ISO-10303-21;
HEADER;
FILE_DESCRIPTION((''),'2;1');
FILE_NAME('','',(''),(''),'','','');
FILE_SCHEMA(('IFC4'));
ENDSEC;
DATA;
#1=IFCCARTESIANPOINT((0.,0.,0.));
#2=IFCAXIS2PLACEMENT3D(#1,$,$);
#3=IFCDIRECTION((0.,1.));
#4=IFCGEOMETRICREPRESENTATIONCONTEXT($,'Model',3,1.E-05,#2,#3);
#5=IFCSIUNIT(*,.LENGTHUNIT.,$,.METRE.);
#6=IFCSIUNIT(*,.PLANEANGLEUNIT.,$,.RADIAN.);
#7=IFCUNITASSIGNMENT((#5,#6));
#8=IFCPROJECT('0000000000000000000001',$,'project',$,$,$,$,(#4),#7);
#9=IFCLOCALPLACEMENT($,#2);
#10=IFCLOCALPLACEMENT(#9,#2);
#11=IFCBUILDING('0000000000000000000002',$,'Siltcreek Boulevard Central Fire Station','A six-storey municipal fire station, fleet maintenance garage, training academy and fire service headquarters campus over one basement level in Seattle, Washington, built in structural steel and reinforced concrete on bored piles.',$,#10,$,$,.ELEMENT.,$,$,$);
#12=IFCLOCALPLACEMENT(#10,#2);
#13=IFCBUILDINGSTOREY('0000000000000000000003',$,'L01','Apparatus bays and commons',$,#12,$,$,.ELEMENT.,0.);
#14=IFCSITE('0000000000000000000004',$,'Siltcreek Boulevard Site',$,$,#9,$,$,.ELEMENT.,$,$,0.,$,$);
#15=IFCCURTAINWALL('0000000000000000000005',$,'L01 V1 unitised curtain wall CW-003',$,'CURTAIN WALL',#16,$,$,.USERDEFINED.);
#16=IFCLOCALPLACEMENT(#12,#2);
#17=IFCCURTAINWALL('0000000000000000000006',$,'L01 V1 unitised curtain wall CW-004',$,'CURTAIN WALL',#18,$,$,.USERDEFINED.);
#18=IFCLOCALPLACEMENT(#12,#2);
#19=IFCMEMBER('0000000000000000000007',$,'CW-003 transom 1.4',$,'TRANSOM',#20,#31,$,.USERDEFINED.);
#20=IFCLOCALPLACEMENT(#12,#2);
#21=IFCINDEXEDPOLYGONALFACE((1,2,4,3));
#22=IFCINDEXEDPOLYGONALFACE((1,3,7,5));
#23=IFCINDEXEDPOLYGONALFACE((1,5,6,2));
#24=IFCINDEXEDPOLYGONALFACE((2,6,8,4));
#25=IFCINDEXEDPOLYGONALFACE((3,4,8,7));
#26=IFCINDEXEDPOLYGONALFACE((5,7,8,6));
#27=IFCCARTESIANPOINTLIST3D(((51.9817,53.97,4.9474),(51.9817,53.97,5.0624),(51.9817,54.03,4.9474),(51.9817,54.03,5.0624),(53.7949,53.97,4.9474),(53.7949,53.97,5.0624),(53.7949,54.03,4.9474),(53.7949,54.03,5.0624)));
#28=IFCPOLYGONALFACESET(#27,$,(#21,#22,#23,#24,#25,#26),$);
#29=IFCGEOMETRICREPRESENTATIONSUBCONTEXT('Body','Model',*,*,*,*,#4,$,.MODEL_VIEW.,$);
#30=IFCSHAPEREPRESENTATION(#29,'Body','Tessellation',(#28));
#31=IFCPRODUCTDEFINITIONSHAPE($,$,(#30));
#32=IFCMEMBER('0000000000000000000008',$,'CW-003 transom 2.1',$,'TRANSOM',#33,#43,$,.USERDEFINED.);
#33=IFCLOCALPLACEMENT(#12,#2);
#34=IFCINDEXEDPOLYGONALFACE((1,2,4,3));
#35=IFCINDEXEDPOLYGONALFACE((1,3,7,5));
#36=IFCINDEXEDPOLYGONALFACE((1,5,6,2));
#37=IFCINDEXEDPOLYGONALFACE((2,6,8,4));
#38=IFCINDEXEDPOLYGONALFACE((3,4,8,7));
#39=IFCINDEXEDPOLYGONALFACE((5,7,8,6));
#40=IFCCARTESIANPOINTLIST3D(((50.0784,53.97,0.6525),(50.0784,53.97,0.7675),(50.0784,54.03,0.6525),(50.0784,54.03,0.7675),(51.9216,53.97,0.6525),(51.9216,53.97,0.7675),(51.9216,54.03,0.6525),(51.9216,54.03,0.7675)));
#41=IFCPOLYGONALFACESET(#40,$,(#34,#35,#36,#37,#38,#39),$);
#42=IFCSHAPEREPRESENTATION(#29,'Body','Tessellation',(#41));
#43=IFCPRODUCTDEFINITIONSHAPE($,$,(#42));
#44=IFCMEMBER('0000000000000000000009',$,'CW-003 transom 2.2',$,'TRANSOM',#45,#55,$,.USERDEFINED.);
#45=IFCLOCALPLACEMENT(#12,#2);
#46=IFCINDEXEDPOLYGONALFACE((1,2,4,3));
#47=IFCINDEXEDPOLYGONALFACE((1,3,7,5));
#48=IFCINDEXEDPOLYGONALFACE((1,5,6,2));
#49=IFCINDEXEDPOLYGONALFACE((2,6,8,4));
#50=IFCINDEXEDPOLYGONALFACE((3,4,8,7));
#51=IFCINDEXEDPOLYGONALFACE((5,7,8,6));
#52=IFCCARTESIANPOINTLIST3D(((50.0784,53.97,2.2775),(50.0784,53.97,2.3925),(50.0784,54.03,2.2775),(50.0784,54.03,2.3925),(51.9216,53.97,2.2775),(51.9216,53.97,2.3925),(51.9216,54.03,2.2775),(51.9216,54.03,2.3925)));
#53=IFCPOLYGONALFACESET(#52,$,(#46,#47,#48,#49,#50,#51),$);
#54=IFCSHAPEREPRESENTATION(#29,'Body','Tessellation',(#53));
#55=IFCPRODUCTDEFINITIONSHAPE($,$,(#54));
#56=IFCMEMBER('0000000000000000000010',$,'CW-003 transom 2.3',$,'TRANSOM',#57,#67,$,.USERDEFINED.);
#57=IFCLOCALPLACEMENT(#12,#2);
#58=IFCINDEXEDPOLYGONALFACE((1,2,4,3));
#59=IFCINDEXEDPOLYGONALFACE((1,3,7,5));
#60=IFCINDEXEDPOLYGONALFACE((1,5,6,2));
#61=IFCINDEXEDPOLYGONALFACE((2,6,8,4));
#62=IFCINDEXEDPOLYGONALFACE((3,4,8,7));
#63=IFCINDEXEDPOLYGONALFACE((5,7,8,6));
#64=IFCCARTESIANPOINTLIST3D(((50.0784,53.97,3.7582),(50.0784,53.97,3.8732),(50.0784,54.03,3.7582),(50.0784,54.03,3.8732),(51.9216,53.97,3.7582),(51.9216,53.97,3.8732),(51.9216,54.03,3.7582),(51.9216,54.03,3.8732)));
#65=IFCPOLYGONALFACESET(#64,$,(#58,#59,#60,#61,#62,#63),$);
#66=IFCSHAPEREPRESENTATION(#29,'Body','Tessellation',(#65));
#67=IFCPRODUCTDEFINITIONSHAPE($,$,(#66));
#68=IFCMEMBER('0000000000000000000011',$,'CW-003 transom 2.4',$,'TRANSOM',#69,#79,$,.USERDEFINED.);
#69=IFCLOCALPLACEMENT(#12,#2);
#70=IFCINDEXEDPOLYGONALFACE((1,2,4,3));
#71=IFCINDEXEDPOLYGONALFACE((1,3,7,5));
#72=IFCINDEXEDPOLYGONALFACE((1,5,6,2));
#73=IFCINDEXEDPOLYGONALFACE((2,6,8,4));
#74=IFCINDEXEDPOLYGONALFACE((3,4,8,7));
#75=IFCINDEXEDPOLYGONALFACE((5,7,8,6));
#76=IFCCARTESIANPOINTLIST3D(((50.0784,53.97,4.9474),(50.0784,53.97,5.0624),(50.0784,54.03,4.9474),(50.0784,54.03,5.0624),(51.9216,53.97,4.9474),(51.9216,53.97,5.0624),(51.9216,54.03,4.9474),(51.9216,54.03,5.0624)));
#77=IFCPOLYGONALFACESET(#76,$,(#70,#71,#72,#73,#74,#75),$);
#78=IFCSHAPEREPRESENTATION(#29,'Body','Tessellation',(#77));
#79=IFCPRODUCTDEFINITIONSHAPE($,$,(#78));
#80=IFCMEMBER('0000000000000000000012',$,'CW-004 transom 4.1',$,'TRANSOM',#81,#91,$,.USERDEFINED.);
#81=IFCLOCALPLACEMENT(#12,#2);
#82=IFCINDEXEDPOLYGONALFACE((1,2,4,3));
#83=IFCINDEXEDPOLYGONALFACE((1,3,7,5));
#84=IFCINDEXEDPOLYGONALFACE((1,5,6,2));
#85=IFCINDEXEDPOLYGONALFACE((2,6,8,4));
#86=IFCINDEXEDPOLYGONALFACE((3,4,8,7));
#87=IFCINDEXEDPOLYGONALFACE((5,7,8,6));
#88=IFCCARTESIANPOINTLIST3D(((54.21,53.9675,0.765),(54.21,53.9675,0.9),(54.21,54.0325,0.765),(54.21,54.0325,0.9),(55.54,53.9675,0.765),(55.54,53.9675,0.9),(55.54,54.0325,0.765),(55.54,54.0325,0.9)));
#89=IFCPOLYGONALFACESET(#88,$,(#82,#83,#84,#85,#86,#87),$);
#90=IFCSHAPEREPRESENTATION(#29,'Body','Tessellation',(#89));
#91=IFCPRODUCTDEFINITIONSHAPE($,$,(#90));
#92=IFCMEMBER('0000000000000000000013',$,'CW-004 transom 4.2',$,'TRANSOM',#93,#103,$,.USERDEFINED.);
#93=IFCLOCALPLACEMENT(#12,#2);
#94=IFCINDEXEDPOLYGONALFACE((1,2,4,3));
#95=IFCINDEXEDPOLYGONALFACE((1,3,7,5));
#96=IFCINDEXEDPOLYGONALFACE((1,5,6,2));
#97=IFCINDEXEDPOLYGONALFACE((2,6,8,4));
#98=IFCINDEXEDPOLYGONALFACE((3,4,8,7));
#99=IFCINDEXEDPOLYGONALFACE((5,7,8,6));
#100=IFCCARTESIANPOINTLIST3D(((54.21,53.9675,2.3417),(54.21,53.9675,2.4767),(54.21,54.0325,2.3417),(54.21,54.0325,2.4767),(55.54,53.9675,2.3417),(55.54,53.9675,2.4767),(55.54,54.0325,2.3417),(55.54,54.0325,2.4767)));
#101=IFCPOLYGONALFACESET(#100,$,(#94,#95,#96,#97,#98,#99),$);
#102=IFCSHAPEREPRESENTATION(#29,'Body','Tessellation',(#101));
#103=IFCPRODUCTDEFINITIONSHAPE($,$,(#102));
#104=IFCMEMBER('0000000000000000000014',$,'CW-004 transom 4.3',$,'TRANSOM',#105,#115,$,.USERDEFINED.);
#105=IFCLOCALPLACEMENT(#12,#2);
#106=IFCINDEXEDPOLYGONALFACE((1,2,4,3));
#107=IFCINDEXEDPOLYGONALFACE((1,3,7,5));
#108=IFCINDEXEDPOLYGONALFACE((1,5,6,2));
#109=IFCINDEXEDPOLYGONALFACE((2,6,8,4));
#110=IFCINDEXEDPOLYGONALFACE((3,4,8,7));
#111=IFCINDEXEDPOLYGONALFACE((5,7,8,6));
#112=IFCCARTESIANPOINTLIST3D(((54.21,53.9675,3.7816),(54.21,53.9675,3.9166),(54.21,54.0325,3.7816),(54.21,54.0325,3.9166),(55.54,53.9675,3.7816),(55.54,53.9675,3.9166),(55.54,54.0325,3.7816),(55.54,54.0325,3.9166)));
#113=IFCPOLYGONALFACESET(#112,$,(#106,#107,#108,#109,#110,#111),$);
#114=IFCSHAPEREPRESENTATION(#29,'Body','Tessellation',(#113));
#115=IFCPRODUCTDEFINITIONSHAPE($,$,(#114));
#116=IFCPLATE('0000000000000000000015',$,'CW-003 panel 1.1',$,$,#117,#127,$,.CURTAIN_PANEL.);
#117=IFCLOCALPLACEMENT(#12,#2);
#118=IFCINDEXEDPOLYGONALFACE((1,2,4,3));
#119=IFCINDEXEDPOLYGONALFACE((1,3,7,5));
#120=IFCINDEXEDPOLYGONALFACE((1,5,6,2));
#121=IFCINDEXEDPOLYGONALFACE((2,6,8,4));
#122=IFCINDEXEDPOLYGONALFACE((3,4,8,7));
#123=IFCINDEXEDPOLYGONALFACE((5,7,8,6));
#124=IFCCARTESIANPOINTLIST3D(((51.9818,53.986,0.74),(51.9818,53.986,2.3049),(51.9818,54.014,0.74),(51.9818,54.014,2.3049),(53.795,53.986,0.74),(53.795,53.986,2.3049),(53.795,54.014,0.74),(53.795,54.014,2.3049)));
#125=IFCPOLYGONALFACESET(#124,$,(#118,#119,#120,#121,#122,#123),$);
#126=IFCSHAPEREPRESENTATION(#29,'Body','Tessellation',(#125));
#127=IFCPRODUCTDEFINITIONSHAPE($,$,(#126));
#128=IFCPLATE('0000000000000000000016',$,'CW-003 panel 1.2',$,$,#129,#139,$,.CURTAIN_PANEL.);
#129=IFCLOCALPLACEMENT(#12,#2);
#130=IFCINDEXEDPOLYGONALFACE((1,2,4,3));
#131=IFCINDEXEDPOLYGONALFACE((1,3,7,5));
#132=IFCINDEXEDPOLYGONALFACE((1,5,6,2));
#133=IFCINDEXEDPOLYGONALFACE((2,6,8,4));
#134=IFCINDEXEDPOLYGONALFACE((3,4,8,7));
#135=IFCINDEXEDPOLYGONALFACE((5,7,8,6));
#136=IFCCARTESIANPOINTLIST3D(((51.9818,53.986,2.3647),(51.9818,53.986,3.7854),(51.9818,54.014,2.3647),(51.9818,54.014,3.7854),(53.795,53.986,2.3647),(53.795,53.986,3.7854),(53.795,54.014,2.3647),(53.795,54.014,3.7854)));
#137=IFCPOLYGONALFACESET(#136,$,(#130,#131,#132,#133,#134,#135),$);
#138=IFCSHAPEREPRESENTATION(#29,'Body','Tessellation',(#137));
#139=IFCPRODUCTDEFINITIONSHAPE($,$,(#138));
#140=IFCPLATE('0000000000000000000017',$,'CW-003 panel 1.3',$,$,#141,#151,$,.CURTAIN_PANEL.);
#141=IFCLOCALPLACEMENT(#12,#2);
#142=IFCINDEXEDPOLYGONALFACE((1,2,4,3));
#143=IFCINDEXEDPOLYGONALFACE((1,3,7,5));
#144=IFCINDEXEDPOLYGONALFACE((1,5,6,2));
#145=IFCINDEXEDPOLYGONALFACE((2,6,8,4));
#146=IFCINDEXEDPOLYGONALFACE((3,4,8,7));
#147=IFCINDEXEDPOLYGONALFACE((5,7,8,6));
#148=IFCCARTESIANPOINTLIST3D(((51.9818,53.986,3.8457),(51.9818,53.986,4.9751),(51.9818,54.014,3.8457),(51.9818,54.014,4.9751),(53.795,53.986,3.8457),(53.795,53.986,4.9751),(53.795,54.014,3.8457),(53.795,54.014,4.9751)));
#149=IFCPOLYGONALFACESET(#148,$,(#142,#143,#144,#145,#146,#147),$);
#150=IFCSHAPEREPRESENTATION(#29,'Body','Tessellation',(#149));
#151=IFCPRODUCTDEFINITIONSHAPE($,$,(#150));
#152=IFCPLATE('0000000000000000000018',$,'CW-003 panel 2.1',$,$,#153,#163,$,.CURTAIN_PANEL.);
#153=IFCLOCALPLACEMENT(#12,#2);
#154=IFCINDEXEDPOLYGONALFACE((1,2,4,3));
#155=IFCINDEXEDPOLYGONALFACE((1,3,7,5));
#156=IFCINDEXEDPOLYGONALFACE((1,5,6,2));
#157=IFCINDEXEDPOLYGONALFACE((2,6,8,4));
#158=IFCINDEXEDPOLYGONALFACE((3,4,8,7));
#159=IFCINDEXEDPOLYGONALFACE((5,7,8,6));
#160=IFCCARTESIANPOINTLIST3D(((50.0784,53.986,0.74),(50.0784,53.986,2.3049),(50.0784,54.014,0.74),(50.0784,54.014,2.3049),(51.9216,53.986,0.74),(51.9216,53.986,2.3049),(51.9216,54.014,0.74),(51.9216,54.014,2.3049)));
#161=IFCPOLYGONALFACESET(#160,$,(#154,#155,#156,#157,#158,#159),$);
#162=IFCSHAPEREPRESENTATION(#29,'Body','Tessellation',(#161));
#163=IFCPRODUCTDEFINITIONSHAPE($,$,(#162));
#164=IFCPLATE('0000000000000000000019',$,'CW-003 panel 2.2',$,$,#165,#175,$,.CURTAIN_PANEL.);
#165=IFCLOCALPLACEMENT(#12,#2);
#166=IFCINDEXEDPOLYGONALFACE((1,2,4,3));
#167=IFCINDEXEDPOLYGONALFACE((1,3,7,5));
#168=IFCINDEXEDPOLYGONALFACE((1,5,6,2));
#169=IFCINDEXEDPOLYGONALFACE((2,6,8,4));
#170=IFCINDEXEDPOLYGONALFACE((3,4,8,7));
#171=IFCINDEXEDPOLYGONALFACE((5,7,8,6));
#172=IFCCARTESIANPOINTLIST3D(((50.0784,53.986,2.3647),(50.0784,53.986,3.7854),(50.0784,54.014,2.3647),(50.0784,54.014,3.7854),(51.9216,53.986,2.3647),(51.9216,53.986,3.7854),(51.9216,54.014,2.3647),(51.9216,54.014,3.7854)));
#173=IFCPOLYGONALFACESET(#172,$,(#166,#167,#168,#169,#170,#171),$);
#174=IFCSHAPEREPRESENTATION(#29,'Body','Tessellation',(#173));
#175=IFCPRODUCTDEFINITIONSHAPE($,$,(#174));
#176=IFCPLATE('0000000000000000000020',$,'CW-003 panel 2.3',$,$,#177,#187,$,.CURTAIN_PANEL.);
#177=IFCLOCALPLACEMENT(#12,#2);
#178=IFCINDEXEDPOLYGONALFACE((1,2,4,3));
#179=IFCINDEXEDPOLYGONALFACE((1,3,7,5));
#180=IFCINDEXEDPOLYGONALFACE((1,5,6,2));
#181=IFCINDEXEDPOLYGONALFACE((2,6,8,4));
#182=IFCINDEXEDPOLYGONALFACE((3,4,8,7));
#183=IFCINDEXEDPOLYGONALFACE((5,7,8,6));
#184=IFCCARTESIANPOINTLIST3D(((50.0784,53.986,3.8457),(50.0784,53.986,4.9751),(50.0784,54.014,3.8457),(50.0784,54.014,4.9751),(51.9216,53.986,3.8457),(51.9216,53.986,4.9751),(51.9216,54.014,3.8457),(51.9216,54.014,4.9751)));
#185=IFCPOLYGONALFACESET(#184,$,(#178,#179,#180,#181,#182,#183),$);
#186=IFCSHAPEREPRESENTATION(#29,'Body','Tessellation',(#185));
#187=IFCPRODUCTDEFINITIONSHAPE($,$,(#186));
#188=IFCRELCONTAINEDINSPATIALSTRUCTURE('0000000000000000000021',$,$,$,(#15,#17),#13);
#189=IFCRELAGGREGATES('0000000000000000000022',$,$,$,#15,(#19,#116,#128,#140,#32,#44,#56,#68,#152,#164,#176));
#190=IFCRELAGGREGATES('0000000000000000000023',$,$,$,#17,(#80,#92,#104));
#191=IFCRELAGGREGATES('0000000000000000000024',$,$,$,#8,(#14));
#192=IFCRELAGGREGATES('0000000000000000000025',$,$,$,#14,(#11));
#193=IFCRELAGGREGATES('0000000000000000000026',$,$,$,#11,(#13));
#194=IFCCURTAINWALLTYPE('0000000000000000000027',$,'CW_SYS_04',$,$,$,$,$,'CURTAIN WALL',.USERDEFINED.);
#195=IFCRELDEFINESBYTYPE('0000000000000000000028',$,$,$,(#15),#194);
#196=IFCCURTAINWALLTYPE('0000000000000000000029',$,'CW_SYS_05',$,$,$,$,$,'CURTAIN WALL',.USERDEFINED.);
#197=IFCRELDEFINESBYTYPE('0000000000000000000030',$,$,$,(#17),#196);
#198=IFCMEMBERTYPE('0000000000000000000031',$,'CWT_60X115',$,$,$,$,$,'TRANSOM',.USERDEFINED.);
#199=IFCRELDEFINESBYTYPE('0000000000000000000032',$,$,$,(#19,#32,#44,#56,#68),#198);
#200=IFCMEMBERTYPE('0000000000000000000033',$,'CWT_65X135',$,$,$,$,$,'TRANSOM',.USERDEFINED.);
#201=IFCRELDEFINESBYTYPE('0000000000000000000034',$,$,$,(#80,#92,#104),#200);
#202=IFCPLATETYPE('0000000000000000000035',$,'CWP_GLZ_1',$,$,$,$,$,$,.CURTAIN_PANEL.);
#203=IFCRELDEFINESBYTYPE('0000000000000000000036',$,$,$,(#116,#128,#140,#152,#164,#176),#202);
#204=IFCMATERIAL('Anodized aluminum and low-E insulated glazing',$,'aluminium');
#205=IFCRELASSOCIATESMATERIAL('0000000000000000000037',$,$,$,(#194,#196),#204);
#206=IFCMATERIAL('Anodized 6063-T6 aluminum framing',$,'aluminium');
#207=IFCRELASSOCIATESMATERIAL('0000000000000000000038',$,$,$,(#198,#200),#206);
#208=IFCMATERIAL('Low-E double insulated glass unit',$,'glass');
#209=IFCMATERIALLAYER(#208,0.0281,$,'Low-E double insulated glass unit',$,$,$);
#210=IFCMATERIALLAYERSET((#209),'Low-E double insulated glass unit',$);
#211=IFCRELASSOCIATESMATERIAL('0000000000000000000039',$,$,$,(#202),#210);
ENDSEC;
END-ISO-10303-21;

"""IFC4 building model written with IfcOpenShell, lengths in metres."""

from ifc_helpers import new_model, si_unit, direction, frame, origin, origin_2d, place, context, subcontext, project, spatial, rectangle, extrude, material, layer, layer_set, material_profile, profile_set, type_object, element, aggregate, save


model = new_model("IFC4")

# Units and contexts
model_context = context("Model", 3, precision=1e-05, world=origin(), true_north=direction((0.0, 1.0)))
body_context = subcontext(model_context, "Body", "Model", "MODEL_VIEW")
ifc_project = project(units=[si_unit("LENGTHUNIT", "METRE"), si_unit("PLANEANGLEUNIT", "RADIAN")], contexts=[model_context])

# Site, building, storey
site_placement = place(None, origin())
site = spatial("IfcSite", under=ifc_project, at=site_placement, Name="Siltcreek Boulevard Site", CompositionType="ELEMENT", RefElevation=0.0)
building_placement = place(site_placement, origin())
building = spatial("IfcBuilding", under=site, at=building_placement, Name="Siltcreek Boulevard Central Fire Station", Description="A six-storey municipal fire station, fleet maintenance garage, training academy and fire service headquarters campus over one basement level in Seattle, Washington, built in structural steel and reinforced concrete on bored piles.", CompositionType="ELEMENT")
storey_placement = place(building_placement, origin())
storey = spatial("IfcBuildingStorey", under=building, at=storey_placement, Name="L01", Description="Apparatus bays and commons", CompositionType="ELEMENT", Elevation=0.0)

# Curtain wall
ifc_material_1 = material(Name="Anodized aluminum and low-E insulated glazing", Category="aluminium")
curtain_wall_type_1 = type_object("IfcCurtainWallType", Name="CW_SYS_04", ElementType="CURTAIN WALL", PredefinedType="USERDEFINED", material=ifc_material_1)
curtain_wall_1_placement = place(storey_placement, origin())
curtain_wall_1 = element("IfcCurtainWall", 1, at=curtain_wall_1_placement, inside=storey, type_object=curtain_wall_type_1, Name="L01 V1 unitised curtain wall CW-003", ObjectType="CURTAIN WALL", PredefinedType="USERDEFINED")
ifc_material_2 = material(Name="Anodized 6063-T6 aluminum framing", Category="aluminium")

# Curtain wall
curtain_wall_type_2 = type_object("IfcCurtainWallType", Name="CW_SYS_05", ElementType="CURTAIN WALL", PredefinedType="USERDEFINED", material=ifc_material_1)
curtain_wall_2_placement = place(storey_placement, origin())
curtain_wall_2 = element("IfcCurtainWall", 2, at=curtain_wall_2_placement, inside=storey, type_object=curtain_wall_type_2, Name="L01 V1 unitised curtain wall CW-004", ObjectType="CURTAIN WALL", PredefinedType="USERDEFINED")

# Members
ifc_material_profile_1 = material_profile(ifc_material_2, rectangle(XDim=0.0601, YDim=0.115, at=origin_2d()), Name="TRAN60X115")
ifc_profile_set_1 = profile_set([ifc_material_profile_1], Name="Anodized 6063-T6 aluminum framing")
member_type_1 = type_object("IfcMemberType", Name="CWT_60X115", ElementType="TRANSOM", PredefinedType="USERDEFINED", material=ifc_profile_set_1)
member_1_placement = place(storey_placement, frame((53.7949, 54.0, 5.0049), z_axis=(-1.0, 0.0, 0.0), x_axis=(0.0, -1.0, 0.0)))
member_1 = element("IfcMember", 3, at=member_1_placement, type_object=member_type_1, Name="CW-003 transom 1.4", ObjectType="TRANSOM", PredefinedType="USERDEFINED", context=body_context, shape_type="SweptSolid", body=[
    extrude(rectangle(XDim=0.0601, YDim=0.115, at=origin_2d()), origin(), (0.0, 0.0, 1.0), 1.8132),
])
member_2_placement = place(storey_placement, frame((51.9216, 54.0, 0.71), z_axis=(-1.0, 0.0, 0.0), x_axis=(0.0, -1.0, 0.0)))
member_2 = element("IfcMember", 4, at=member_2_placement, type_object=member_type_1, Name="CW-003 transom 2.1", ObjectType="TRANSOM", PredefinedType="USERDEFINED", context=body_context, shape_type="SweptSolid", body=[
    extrude(rectangle(XDim=0.0601, YDim=0.115, at=origin_2d()), origin(), (0.0, 0.0, 1.0), 1.8433),
])
member_3_placement = place(storey_placement, frame((51.9216, 54.0, 2.335), z_axis=(-1.0, 0.0, 0.0), x_axis=(0.0, -1.0, 0.0)))
member_3 = element("IfcMember", 5, at=member_3_placement, type_object=member_type_1, Name="CW-003 transom 2.2", ObjectType="TRANSOM", PredefinedType="USERDEFINED", context=body_context, shape_type="SweptSolid", body=[
    extrude(rectangle(XDim=0.0601, YDim=0.115, at=origin_2d()), origin(), (0.0, 0.0, 1.0), 1.8433),
])
member_4_placement = place(storey_placement, frame((51.9216, 54.0, 3.8157), z_axis=(-1.0, 0.0, 0.0), x_axis=(0.0, -1.0, 0.0)))
member_4 = element("IfcMember", 6, at=member_4_placement, type_object=member_type_1, Name="CW-003 transom 2.3", ObjectType="TRANSOM", PredefinedType="USERDEFINED", context=body_context, shape_type="SweptSolid", body=[
    extrude(rectangle(XDim=0.0601, YDim=0.115, at=origin_2d()), origin(), (0.0, 0.0, 1.0), 1.8433),
])
member_5_placement = place(storey_placement, frame((51.9216, 54.0, 5.0049), z_axis=(-1.0, 0.0, 0.0), x_axis=(0.0, -1.0, 0.0)))
member_5 = element("IfcMember", 7, at=member_5_placement, type_object=member_type_1, Name="CW-003 transom 2.4", ObjectType="TRANSOM", PredefinedType="USERDEFINED", context=body_context, shape_type="SweptSolid", body=[
    extrude(rectangle(XDim=0.0601, YDim=0.115, at=origin_2d()), origin(), (0.0, 0.0, 1.0), 1.8433),
])
ifc_material_profile_2 = material_profile(ifc_material_2, rectangle(XDim=0.0649, YDim=0.135, at=origin_2d()), Name="TRAN65X135")
ifc_profile_set_2 = profile_set([ifc_material_profile_2], Name="Anodized 6063-T6 aluminum framing")
member_type_2 = type_object("IfcMemberType", Name="CWT_65X135", ElementType="TRANSOM", PredefinedType="USERDEFINED", material=ifc_profile_set_2)
member_6_placement = place(storey_placement, frame((55.54, 54.0, 0.8325), z_axis=(-1.0, 0.0, 0.0), x_axis=(0.0, -1.0, 0.0)))
member_6 = element("IfcMember", 8, at=member_6_placement, type_object=member_type_2, Name="CW-004 transom 4.1", ObjectType="TRANSOM", PredefinedType="USERDEFINED", context=body_context, shape_type="SweptSolid", body=[
    extrude(rectangle(XDim=0.0649, YDim=0.135, at=origin_2d()), origin(), (0.0, 0.0, 1.0), 1.3301),
])
member_7_placement = place(storey_placement, frame((55.54, 54.0, 2.4092), z_axis=(-1.0, 0.0, 0.0), x_axis=(0.0, -1.0, 0.0)))
member_7 = element("IfcMember", 9, at=member_7_placement, type_object=member_type_2, Name="CW-004 transom 4.2", ObjectType="TRANSOM", PredefinedType="USERDEFINED", context=body_context, shape_type="SweptSolid", body=[
    extrude(rectangle(XDim=0.0649, YDim=0.135, at=origin_2d()), origin(), (0.0, 0.0, 1.0), 1.3301),
])
member_8_placement = place(storey_placement, frame((55.54, 54.0, 3.8491), z_axis=(-1.0, 0.0, 0.0), x_axis=(0.0, -1.0, 0.0)))
member_8 = element("IfcMember", 10, at=member_8_placement, type_object=member_type_2, Name="CW-004 transom 4.3", ObjectType="TRANSOM", PredefinedType="USERDEFINED", context=body_context, shape_type="SweptSolid", body=[
    extrude(rectangle(XDim=0.0649, YDim=0.135, at=origin_2d()), origin(), (0.0, 0.0, 1.0), 1.3301),
])

# Plates
ifc_material_3 = material(Name="Low-E double insulated glass unit", Category="glass")
ifc_layer_1 = layer(ifc_material_3, 0.0281, Name="Low-E double insulated glass unit")
ifc_layer_set_1 = layer_set([ifc_layer_1], Name="Low-E double insulated glass unit")
plate_type_1 = type_object("IfcPlateType", Name="CWP_GLZ_1", PredefinedType="CURTAIN_PANEL", material=ifc_layer_set_1)
plate_1_placement = place(storey_placement, frame((52.8884, 54.0, 0.74), z_axis=(0.0, 0.0, 1.0), x_axis=(-1.0, 0.0, 0.0)))
plate_1 = element("IfcPlate", 11, at=plate_1_placement, type_object=plate_type_1, Name="CW-003 panel 1.1", PredefinedType="CURTAIN_PANEL", context=body_context, shape_type="SweptSolid", body=[
    extrude(rectangle(XDim=1.8132, YDim=0.0281, at=origin_2d()), origin(), (0.0, 0.0, 1.0), 1.5649),
])
plate_2_placement = place(storey_placement, frame((52.8884, 54.0, 2.3647), z_axis=(0.0, 0.0, 1.0), x_axis=(-1.0, 0.0, 0.0)))
plate_2 = element("IfcPlate", 12, at=plate_2_placement, type_object=plate_type_1, Name="CW-003 panel 1.2", PredefinedType="CURTAIN_PANEL", context=body_context, shape_type="SweptSolid", body=[
    extrude(rectangle(XDim=1.8132, YDim=0.0281, at=origin_2d()), origin(), (0.0, 0.0, 1.0), 1.4207),
])
plate_3_placement = place(storey_placement, frame((52.8884, 54.0, 3.8457), z_axis=(0.0, 0.0, 1.0), x_axis=(-1.0, 0.0, 0.0)))
plate_3 = element("IfcPlate", 13, at=plate_3_placement, type_object=plate_type_1, Name="CW-003 panel 1.3", PredefinedType="CURTAIN_PANEL", context=body_context, shape_type="SweptSolid", body=[
    extrude(rectangle(XDim=1.8132, YDim=0.0281, at=origin_2d()), origin(), (0.0, 0.0, 1.0), 1.1294),
])
plate_4_placement = place(storey_placement, frame((51.0, 54.0, 0.74), z_axis=(0.0, 0.0, 1.0), x_axis=(-1.0, 0.0, 0.0)))
plate_4 = element("IfcPlate", 14, at=plate_4_placement, type_object=plate_type_1, Name="CW-003 panel 2.1", PredefinedType="CURTAIN_PANEL", context=body_context, shape_type="SweptSolid", body=[
    extrude(rectangle(XDim=1.8433, YDim=0.0281, at=origin_2d()), origin(), (0.0, 0.0, 1.0), 1.5649),
])
plate_5_placement = place(storey_placement, frame((51.0, 54.0, 2.3647), z_axis=(0.0, 0.0, 1.0), x_axis=(-1.0, 0.0, 0.0)))
plate_5 = element("IfcPlate", 15, at=plate_5_placement, type_object=plate_type_1, Name="CW-003 panel 2.2", PredefinedType="CURTAIN_PANEL", context=body_context, shape_type="SweptSolid", body=[
    extrude(rectangle(XDim=1.8433, YDim=0.0281, at=origin_2d()), origin(), (0.0, 0.0, 1.0), 1.4207),
])
plate_6_placement = place(storey_placement, frame((51.0, 54.0, 3.8457), z_axis=(0.0, 0.0, 1.0), x_axis=(-1.0, 0.0, 0.0)))
plate_6 = element("IfcPlate", 16, at=plate_6_placement, type_object=plate_type_1, Name="CW-003 panel 2.3", PredefinedType="CURTAIN_PANEL", context=body_context, shape_type="SweptSolid", body=[
    extrude(rectangle(XDim=1.8433, YDim=0.0281, at=origin_2d()), origin(), (0.0, 0.0, 1.0), 1.1294),
])
aggregate(curtain_wall_1, [member_1, plate_1, plate_2, plate_3, member_2, member_3, member_4, member_5, plate_4, plate_5, plate_6])
aggregate(curtain_wall_2, [member_6, member_7, member_8])

save(model, "model.ifc")
